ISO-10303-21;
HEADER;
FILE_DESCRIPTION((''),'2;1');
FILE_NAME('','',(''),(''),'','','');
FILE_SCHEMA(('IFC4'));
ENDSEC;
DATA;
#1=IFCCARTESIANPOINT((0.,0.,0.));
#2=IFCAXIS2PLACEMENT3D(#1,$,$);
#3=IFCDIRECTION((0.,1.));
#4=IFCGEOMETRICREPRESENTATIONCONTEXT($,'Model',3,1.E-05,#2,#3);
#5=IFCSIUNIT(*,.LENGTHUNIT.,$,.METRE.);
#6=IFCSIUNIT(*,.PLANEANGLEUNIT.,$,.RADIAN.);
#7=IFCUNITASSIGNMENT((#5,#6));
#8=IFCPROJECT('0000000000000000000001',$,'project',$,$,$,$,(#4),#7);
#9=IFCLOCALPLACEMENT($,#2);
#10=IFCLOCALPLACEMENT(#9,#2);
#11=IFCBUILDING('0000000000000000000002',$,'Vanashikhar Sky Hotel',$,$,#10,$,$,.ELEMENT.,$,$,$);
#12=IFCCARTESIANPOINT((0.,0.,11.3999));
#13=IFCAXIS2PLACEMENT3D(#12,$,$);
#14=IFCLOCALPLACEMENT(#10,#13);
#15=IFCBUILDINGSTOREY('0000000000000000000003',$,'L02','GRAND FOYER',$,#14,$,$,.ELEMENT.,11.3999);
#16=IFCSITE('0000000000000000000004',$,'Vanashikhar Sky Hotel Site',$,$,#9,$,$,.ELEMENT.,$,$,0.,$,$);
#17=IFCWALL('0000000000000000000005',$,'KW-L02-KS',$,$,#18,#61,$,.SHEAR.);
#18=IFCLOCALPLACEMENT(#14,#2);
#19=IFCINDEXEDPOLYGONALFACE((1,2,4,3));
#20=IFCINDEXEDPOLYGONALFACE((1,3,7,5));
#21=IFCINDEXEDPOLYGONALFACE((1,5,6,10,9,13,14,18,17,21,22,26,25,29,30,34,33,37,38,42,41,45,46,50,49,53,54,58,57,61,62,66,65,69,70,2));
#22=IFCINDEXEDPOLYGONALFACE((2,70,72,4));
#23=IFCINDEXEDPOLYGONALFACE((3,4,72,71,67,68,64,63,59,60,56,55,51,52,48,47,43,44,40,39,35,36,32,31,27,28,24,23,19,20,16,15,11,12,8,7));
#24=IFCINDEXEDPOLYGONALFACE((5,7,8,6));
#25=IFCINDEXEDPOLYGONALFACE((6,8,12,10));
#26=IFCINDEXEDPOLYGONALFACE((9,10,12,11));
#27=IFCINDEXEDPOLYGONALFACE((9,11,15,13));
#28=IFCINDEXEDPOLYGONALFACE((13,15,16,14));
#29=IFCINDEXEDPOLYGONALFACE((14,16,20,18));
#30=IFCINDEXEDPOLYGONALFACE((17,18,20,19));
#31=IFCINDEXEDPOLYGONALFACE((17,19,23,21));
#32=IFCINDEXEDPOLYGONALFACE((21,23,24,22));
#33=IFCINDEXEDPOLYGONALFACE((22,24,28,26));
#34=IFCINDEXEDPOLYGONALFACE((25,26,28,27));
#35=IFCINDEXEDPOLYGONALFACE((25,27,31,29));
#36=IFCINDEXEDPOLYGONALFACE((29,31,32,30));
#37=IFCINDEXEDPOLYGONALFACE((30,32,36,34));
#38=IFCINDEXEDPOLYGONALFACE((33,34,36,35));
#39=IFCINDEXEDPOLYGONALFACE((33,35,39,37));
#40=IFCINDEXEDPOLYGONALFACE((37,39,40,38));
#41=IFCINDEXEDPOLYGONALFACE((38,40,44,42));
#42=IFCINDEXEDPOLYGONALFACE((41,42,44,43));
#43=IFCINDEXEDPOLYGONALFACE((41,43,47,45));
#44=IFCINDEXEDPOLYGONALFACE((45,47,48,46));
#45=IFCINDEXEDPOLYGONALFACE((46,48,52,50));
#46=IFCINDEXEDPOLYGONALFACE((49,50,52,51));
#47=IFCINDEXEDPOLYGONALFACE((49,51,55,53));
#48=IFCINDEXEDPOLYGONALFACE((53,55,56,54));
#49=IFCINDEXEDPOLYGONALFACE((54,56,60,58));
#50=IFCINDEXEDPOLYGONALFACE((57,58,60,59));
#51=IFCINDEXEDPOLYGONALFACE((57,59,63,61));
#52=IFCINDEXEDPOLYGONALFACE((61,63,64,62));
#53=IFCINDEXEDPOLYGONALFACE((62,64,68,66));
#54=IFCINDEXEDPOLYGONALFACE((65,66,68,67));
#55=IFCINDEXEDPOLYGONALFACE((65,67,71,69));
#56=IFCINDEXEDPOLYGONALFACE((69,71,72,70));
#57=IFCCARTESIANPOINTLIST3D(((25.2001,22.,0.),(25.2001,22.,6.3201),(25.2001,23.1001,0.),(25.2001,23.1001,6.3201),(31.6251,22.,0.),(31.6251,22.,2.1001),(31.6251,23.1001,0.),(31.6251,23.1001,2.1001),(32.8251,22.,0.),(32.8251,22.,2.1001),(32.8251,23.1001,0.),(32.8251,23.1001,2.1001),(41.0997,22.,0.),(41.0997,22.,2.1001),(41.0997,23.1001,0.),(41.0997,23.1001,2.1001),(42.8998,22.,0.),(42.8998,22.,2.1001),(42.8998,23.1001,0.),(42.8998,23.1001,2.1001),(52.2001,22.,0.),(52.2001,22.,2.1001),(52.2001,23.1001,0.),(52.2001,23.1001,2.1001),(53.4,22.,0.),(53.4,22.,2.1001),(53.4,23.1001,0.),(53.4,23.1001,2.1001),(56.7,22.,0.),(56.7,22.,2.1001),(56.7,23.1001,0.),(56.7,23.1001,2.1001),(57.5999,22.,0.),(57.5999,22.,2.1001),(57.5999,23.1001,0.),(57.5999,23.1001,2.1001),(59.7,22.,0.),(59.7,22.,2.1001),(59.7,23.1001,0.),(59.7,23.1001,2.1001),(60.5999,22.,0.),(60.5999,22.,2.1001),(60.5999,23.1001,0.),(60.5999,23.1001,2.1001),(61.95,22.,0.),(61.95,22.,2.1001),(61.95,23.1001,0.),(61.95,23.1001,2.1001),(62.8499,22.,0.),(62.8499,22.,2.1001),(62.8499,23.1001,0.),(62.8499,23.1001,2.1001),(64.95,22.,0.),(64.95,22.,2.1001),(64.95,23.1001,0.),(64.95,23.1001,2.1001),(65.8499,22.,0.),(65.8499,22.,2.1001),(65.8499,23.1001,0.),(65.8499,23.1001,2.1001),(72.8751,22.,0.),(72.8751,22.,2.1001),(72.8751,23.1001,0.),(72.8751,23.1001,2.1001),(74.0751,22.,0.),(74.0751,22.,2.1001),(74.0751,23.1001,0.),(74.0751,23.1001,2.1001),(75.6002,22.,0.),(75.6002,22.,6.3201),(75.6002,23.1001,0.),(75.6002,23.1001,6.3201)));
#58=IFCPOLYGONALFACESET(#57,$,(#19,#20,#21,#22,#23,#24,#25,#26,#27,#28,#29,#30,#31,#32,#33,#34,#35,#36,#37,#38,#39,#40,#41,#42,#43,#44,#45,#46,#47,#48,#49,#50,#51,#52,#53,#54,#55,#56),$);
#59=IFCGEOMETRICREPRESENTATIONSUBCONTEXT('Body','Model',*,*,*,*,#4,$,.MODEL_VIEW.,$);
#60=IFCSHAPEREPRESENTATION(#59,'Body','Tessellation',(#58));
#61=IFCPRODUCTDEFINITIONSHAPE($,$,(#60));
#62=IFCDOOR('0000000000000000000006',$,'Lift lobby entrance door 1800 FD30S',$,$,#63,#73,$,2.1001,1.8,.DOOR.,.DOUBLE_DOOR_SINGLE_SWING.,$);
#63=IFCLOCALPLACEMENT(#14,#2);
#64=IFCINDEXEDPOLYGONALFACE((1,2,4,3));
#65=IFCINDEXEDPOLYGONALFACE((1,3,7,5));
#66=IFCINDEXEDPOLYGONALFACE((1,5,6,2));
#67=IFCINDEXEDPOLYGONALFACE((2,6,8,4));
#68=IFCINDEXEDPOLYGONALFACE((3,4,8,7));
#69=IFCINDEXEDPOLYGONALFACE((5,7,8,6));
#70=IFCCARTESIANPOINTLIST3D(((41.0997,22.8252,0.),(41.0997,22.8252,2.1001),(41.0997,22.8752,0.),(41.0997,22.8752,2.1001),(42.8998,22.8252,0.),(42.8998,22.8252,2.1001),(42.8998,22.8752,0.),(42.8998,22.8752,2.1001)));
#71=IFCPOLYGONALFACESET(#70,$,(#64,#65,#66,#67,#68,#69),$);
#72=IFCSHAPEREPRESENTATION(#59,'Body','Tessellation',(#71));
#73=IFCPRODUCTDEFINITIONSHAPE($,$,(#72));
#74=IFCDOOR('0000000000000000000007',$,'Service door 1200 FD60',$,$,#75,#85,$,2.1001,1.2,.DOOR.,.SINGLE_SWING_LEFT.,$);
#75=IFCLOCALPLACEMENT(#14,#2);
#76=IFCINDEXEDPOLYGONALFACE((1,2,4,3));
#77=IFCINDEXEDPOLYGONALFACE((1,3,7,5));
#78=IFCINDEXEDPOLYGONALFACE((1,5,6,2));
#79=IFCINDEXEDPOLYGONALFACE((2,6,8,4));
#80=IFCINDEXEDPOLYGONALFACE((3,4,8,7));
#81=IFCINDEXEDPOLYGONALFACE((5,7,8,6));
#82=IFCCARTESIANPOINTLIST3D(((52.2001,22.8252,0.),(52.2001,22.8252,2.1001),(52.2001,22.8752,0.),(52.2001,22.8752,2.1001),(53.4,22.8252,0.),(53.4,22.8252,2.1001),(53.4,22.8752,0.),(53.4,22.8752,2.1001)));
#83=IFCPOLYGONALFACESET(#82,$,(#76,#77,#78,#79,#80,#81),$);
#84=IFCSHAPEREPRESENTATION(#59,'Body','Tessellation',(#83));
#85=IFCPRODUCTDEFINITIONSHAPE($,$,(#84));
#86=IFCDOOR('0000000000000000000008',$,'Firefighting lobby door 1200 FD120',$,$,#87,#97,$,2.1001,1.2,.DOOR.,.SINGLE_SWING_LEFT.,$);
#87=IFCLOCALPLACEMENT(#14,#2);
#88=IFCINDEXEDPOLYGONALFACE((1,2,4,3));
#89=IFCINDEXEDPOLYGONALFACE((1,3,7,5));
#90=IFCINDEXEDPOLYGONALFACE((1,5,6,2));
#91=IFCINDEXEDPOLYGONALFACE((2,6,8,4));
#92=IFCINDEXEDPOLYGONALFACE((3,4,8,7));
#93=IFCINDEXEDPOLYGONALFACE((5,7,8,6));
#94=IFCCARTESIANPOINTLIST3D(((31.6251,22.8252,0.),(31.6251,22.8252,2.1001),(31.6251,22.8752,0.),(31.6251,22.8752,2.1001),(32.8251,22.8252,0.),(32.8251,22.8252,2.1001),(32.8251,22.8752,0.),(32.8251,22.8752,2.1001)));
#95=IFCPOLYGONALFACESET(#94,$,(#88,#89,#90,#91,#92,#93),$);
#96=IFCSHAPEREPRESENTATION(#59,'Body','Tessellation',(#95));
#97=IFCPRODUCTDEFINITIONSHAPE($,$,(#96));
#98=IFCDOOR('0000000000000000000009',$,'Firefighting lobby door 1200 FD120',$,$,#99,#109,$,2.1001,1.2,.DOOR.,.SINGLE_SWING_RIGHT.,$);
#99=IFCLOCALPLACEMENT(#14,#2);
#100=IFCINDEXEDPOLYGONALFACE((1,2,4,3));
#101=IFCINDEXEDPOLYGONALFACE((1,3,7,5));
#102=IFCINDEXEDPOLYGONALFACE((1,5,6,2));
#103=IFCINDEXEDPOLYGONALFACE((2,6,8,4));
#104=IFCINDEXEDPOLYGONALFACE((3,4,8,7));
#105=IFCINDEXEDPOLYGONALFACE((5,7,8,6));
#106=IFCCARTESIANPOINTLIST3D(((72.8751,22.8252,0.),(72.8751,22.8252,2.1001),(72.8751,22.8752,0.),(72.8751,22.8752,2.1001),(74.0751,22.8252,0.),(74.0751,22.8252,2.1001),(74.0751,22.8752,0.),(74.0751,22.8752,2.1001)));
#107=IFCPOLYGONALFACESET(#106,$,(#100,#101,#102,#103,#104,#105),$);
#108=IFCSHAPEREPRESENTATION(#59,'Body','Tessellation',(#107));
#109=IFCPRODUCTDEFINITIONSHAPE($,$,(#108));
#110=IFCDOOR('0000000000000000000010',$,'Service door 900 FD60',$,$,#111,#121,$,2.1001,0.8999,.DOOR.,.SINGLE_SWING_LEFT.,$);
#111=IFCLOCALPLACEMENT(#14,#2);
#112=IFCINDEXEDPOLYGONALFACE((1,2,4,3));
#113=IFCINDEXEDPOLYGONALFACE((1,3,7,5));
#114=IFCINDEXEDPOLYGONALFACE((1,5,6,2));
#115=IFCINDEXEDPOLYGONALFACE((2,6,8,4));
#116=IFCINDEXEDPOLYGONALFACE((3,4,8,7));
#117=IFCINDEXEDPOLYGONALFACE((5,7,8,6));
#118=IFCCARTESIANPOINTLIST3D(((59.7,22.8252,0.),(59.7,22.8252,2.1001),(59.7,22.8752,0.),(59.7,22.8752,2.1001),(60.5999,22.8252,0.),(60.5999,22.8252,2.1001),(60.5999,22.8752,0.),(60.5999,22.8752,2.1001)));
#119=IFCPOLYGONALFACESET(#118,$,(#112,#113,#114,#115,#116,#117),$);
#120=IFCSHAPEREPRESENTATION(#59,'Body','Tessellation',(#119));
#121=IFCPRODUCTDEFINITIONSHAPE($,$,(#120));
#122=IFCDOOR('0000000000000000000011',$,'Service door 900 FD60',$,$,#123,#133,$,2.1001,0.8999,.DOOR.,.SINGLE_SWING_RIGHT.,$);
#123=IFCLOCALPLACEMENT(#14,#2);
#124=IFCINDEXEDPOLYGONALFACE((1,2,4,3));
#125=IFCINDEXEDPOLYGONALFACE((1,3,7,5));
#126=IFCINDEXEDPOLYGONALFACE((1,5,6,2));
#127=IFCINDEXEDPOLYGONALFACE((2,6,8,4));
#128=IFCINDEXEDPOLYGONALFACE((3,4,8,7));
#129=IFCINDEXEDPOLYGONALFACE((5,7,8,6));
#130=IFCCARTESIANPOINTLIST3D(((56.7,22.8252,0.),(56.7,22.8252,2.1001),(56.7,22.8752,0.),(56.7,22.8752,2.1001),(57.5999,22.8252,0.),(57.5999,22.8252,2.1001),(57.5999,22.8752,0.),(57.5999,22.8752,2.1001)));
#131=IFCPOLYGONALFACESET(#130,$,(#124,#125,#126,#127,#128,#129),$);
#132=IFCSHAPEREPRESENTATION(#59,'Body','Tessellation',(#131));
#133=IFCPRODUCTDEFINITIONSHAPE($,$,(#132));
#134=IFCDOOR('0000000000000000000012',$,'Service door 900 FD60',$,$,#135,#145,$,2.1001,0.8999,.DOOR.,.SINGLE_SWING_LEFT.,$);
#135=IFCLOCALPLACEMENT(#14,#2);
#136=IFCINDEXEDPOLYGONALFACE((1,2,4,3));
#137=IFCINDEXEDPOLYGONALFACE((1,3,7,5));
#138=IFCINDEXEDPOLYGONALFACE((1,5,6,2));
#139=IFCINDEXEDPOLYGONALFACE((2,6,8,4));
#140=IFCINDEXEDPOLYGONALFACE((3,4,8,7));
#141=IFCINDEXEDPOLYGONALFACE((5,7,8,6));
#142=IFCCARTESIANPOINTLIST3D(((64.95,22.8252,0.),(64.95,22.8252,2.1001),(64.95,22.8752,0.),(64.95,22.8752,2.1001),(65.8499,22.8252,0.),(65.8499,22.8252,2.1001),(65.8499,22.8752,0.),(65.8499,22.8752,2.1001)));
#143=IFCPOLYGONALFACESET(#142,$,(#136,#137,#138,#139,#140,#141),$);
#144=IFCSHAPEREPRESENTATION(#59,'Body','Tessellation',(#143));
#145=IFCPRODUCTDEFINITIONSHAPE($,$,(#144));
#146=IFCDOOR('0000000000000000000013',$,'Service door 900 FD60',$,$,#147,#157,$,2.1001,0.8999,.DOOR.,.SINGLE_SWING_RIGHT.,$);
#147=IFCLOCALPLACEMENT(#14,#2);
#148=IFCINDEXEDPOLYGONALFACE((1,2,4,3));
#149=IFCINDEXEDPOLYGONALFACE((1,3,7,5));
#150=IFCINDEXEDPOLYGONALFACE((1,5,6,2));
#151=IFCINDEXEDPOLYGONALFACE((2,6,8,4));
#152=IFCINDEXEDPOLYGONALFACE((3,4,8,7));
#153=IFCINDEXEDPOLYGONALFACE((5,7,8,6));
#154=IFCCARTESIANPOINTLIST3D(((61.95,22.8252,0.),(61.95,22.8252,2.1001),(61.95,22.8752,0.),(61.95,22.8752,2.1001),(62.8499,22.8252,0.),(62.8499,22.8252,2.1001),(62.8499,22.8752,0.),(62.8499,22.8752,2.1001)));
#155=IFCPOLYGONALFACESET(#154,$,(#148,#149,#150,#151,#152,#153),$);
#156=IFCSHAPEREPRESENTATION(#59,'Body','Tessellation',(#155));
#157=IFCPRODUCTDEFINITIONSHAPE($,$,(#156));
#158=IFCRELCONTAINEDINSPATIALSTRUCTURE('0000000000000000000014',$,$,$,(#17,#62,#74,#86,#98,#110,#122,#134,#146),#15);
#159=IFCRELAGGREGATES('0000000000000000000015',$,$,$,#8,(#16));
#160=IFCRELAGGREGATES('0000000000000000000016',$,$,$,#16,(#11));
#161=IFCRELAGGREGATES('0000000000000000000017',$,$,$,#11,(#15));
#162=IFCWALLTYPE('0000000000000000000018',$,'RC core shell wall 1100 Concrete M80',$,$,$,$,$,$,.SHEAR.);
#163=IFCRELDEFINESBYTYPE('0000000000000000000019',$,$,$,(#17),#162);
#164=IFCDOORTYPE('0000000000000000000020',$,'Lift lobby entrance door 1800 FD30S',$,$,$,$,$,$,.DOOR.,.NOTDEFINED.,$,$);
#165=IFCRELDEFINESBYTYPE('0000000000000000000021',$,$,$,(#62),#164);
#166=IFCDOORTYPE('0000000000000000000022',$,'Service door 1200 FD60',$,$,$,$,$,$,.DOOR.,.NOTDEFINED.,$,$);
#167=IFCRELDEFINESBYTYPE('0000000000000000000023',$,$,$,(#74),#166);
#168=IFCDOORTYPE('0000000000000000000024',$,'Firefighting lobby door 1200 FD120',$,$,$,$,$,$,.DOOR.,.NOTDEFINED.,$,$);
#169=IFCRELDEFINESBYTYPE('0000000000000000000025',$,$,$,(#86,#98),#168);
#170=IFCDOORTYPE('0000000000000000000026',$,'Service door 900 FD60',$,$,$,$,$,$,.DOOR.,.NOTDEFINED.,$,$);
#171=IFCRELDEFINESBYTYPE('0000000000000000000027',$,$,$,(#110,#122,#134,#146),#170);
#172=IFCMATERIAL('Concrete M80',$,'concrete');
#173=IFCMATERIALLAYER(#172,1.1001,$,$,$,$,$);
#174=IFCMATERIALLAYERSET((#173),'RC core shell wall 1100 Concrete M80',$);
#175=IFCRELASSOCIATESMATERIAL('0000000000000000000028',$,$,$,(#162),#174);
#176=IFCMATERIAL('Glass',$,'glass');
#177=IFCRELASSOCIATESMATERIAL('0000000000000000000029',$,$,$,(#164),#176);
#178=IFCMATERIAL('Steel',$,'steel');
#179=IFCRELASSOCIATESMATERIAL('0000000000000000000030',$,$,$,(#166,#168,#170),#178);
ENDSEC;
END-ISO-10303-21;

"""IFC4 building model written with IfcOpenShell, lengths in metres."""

from ifc_helpers import new_model, si_unit, direction, frame, frame_2d, origin, place, context, subcontext, project, spatial, rectangle, extrude, source, transform, mapped, material, layer, layer_set, type_object, element, fill, save


model = new_model("IFC4")

# Units and contexts
model_context = context("Model", 3, precision=1e-05, world=origin(), true_north=direction((0.0, 1.0)))
body_context = subcontext(model_context, "Body", "Model", "MODEL_VIEW")
ifc_project = project(units=[si_unit("LENGTHUNIT", "METRE"), si_unit("PLANEANGLEUNIT", "RADIAN")], contexts=[model_context])

# Site, building, storey
site_placement = place(None, origin())
site = spatial("IfcSite", under=ifc_project, at=site_placement, Name="Vanashikhar Sky Hotel Site", CompositionType="ELEMENT", RefElevation=0.0)
building_placement = place(site_placement, origin())
building = spatial("IfcBuilding", under=site, at=building_placement, Name="Vanashikhar Sky Hotel", CompositionType="ELEMENT")
storey_placement = place(building_placement, frame((0.0, 0.0, 11.3999)))
storey = spatial("IfcBuildingStorey", under=building, at=storey_placement, Name="L02", Description="GRAND FOYER", CompositionType="ELEMENT", Elevation=11.3999)

# Wall, openings, doors
ifc_material_1 = material(Name="Concrete M80", Category="concrete")
ifc_layer_1 = layer(ifc_material_1, 1.1001)
ifc_layer_set_1 = layer_set([ifc_layer_1], Name="RC core shell wall 1100 Concrete M80")
wall_type_1 = type_object("IfcWallType", Name="RC core shell wall 1100 Concrete M80", PredefinedType="SHEAR", material=ifc_layer_set_1)
shared_shape_1 = source(origin(), body_context, "Body", "SweptSolid", [
    extrude(rectangle(XDim=50.4001, YDim=1.1001, at=frame_2d((25.2002, 0.0))), origin(), (0.0, 0.0, 1.0), 6.3201),
])
wall_1_placement = place(storey_placement, frame((25.2, 22.55, 0.0), z_axis=(0.0, 0.0, 1.0), x_axis=(1.0, 0.0, 0.0)))
wall_1 = element("IfcWall", 1, at=wall_1_placement, inside=storey, type_object=wall_type_1, Name="KW-L02-KS", PredefinedType="SHEAR", context=body_context, shape_type="MappedRepresentation", body=[
    mapped(shared_shape_1, transform((0.0, 0.0, 0.0), scale=1.0)),
])
shared_shape_2 = source(origin(), body_context, "Body", "SweptSolid", [
    extrude(rectangle(XDim=1.8, YDim=2.1001, at=frame_2d((0.8999, 1.05))), frame((0.0, 0.5601, 0.0), z_axis=(0.0, -1.0, 0.0), x_axis=(1.0, 0.0, 0.0)), (0.0, 0.0, 1.0), 1.1201),
])
opening_1_placement = place(wall_1_placement, frame((15.8999, 0.0, 0.0)))
opening_1 = element("IfcOpeningElement", 2, at=opening_1_placement, cuts=wall_1, PredefinedType="OPENING", context=body_context, shape_type="MappedRepresentation", body=[
    mapped(shared_shape_2, transform((0.0, 0.0, 0.0), scale=1.0)),
])
shared_shape_3 = source(origin(), body_context, "Body", "SweptSolid", [
    extrude(rectangle(XDim=1.2, YDim=2.1001, at=frame_2d((0.6001, 1.05))), frame((0.0, 0.5601, 0.0), z_axis=(0.0, -1.0, 0.0), x_axis=(1.0, 0.0, 0.0)), (0.0, 0.0, 1.0), 1.1201),
])
opening_2_placement = place(wall_1_placement, frame((27.0, 0.0, 0.0)))
opening_2 = element("IfcOpeningElement", 3, at=opening_2_placement, cuts=wall_1, PredefinedType="OPENING", context=body_context, shape_type="MappedRepresentation", body=[
    mapped(shared_shape_3, transform((0.0, 0.0, 0.0), scale=1.0)),
])
shared_shape_4 = source(origin(), body_context, "Body", "SweptSolid", [
    extrude(rectangle(XDim=0.8999, YDim=2.1001, at=frame_2d((0.45, 1.05))), frame((0.0, 0.5601, 0.0), z_axis=(0.0, -1.0, 0.0), x_axis=(1.0, 0.0, 0.0)), (0.0, 0.0, 1.0), 1.1201),
])
opening_3_placement = place(wall_1_placement, frame((34.5, 0.0, 0.0)))
opening_3 = element("IfcOpeningElement", 4, at=opening_3_placement, cuts=wall_1, PredefinedType="OPENING", context=body_context, shape_type="MappedRepresentation", body=[
    mapped(shared_shape_4, transform((0.0, 0.0, 0.0), scale=1.0)),
])
opening_4_placement = place(wall_1_placement, frame((31.5, 0.0, 0.0)))
opening_4 = element("IfcOpeningElement", 5, at=opening_4_placement, cuts=wall_1, PredefinedType="OPENING", context=body_context, shape_type="MappedRepresentation", body=[
    mapped(shared_shape_4, transform((0.0, 0.0, 0.0), scale=1.0)),
])
opening_5_placement = place(wall_1_placement, frame((39.75, 0.0, 0.0)))
opening_5 = element("IfcOpeningElement", 6, at=opening_5_placement, cuts=wall_1, PredefinedType="OPENING", context=body_context, shape_type="MappedRepresentation", body=[
    mapped(shared_shape_4, transform((0.0, 0.0, 0.0), scale=1.0)),
])
opening_6_placement = place(wall_1_placement, frame((36.75, 0.0, 0.0)))
opening_6 = element("IfcOpeningElement", 7, at=opening_6_placement, cuts=wall_1, PredefinedType="OPENING", context=body_context, shape_type="MappedRepresentation", body=[
    mapped(shared_shape_4, transform((0.0, 0.0, 0.0), scale=1.0)),
])
opening_7_placement = place(wall_1_placement, frame((6.425, 0.0, 0.0)))
opening_7 = element("IfcOpeningElement", 8, at=opening_7_placement, cuts=wall_1, PredefinedType="OPENING", context=body_context, shape_type="MappedRepresentation", body=[
    mapped(shared_shape_3, transform((0.0, 0.0, 0.0), scale=1.0)),
])
opening_8_placement = place(wall_1_placement, frame((47.675, 0.0, 0.0)))
opening_8 = element("IfcOpeningElement", 9, at=opening_8_placement, cuts=wall_1, PredefinedType="OPENING", context=body_context, shape_type="MappedRepresentation", body=[
    mapped(shared_shape_3, transform((0.0, 0.0, 0.0), scale=1.0)),
])
ifc_material_2 = material(Name="Glass", Category="glass")
door_type_1 = type_object("IfcDoorType", Name="Lift lobby entrance door 1800 FD30S", OperationType="NOTDEFINED", PredefinedType="DOOR", material=ifc_material_2)
shared_shape_5 = source(origin(), body_context, "Body", "SweptSolid", [
    extrude(rectangle(XDim=1.8, YDim=2.1001, at=frame_2d((0.8999, 1.05))), frame((0.0, 0.3252, 0.0), z_axis=(0.0, -1.0, 0.0), x_axis=(1.0, 0.0, 0.0)), (0.0, 0.0, 1.0), 0.05),
])
door_1_placement = place(opening_1_placement, origin())
door_1 = element("IfcDoor", 10, at=door_1_placement, inside=storey, type_object=door_type_1, Name="Lift lobby entrance door 1800 FD30S", OperationType="DOUBLE_DOOR_SINGLE_SWING", OverallHeight=2.1001, OverallWidth=1.8, PredefinedType="DOOR", context=body_context, shape_type="MappedRepresentation", body=[
    mapped(shared_shape_5, transform((0.0, 0.0, 0.0), scale=1.0)),
])
fill(opening_1, door_1)
ifc_material_3 = material(Name="Steel", Category="steel")
door_type_2 = type_object("IfcDoorType", Name="Service door 1200 FD60", OperationType="NOTDEFINED", PredefinedType="DOOR", material=ifc_material_3)
shared_shape_6 = source(origin(), body_context, "Body", "SweptSolid", [
    extrude(rectangle(XDim=1.2, YDim=2.1001, at=frame_2d((0.6001, 1.05))), frame((0.0, 0.3252, 0.0), z_axis=(0.0, -1.0, 0.0), x_axis=(1.0, 0.0, 0.0)), (0.0, 0.0, 1.0), 0.05),
])
door_2_placement = place(opening_2_placement, origin())
door_2 = element("IfcDoor", 11, at=door_2_placement, inside=storey, type_object=door_type_2, Name="Service door 1200 FD60", OperationType="SINGLE_SWING_LEFT", OverallHeight=2.1001, OverallWidth=1.2, PredefinedType="DOOR", context=body_context, shape_type="MappedRepresentation", body=[
    mapped(shared_shape_6, transform((0.0, 0.0, 0.0), scale=1.0)),
])
fill(opening_2, door_2)
door_type_3 = type_object("IfcDoorType", Name="Firefighting lobby door 1200 FD120", OperationType="NOTDEFINED", PredefinedType="DOOR", material=ifc_material_3)
door_3_placement = place(opening_7_placement, origin())
door_3 = element("IfcDoor", 12, at=door_3_placement, inside=storey, type_object=door_type_3, Name="Firefighting lobby door 1200 FD120", OperationType="SINGLE_SWING_LEFT", OverallHeight=2.1001, OverallWidth=1.2, PredefinedType="DOOR", context=body_context, shape_type="MappedRepresentation", body=[
    mapped(shared_shape_6, transform((0.0, 0.0, 0.0), scale=1.0)),
])
fill(opening_7, door_3)
door_4_placement = place(opening_8_placement, origin())
door_4 = element("IfcDoor", 13, at=door_4_placement, inside=storey, type_object=door_type_3, Name="Firefighting lobby door 1200 FD120", OperationType="SINGLE_SWING_RIGHT", OverallHeight=2.1001, OverallWidth=1.2, PredefinedType="DOOR", context=body_context, shape_type="MappedRepresentation", body=[
    mapped(shared_shape_6, transform((0.0, 0.0, 0.0), scale=1.0)),
])
fill(opening_8, door_4)
door_type_4 = type_object("IfcDoorType", Name="Service door 900 FD60", OperationType="NOTDEFINED", PredefinedType="DOOR", material=ifc_material_3)
shared_shape_7 = source(origin(), body_context, "Body", "SweptSolid", [
    extrude(rectangle(XDim=0.8999, YDim=2.1001, at=frame_2d((0.45, 1.05))), frame((0.0, 0.3252, 0.0), z_axis=(0.0, -1.0, 0.0), x_axis=(1.0, 0.0, 0.0)), (0.0, 0.0, 1.0), 0.05),
])
door_5_placement = place(opening_3_placement, origin())
door_5 = element("IfcDoor", 14, at=door_5_placement, inside=storey, type_object=door_type_4, Name="Service door 900 FD60", OperationType="SINGLE_SWING_LEFT", OverallHeight=2.1001, OverallWidth=0.8999, PredefinedType="DOOR", context=body_context, shape_type="MappedRepresentation", body=[
    mapped(shared_shape_7, transform((0.0, 0.0, 0.0), scale=1.0)),
])
fill(opening_3, door_5)
door_6_placement = place(opening_4_placement, origin())
door_6 = element("IfcDoor", 15, at=door_6_placement, inside=storey, type_object=door_type_4, Name="Service door 900 FD60", OperationType="SINGLE_SWING_RIGHT", OverallHeight=2.1001, OverallWidth=0.8999, PredefinedType="DOOR", context=body_context, shape_type="MappedRepresentation", body=[
    mapped(shared_shape_7, transform((0.0, 0.0, 0.0), scale=1.0)),
])
fill(opening_4, door_6)
door_7_placement = place(opening_5_placement, origin())
door_7 = element("IfcDoor", 16, at=door_7_placement, inside=storey, type_object=door_type_4, Name="Service door 900 FD60", OperationType="SINGLE_SWING_LEFT", OverallHeight=2.1001, OverallWidth=0.8999, PredefinedType="DOOR", context=body_context, shape_type="MappedRepresentation", body=[
    mapped(shared_shape_7, transform((0.0, 0.0, 0.0), scale=1.0)),
])
fill(opening_5, door_7)
door_8_placement = place(opening_6_placement, origin())
door_8 = element("IfcDoor", 17, at=door_8_placement, inside=storey, type_object=door_type_4, Name="Service door 900 FD60", OperationType="SINGLE_SWING_RIGHT", OverallHeight=2.1001, OverallWidth=0.8999, PredefinedType="DOOR", context=body_context, shape_type="MappedRepresentation", body=[
    mapped(shared_shape_7, transform((0.0, 0.0, 0.0), scale=1.0)),
])
fill(opening_6, door_8)

save(model, "model.ifc")
